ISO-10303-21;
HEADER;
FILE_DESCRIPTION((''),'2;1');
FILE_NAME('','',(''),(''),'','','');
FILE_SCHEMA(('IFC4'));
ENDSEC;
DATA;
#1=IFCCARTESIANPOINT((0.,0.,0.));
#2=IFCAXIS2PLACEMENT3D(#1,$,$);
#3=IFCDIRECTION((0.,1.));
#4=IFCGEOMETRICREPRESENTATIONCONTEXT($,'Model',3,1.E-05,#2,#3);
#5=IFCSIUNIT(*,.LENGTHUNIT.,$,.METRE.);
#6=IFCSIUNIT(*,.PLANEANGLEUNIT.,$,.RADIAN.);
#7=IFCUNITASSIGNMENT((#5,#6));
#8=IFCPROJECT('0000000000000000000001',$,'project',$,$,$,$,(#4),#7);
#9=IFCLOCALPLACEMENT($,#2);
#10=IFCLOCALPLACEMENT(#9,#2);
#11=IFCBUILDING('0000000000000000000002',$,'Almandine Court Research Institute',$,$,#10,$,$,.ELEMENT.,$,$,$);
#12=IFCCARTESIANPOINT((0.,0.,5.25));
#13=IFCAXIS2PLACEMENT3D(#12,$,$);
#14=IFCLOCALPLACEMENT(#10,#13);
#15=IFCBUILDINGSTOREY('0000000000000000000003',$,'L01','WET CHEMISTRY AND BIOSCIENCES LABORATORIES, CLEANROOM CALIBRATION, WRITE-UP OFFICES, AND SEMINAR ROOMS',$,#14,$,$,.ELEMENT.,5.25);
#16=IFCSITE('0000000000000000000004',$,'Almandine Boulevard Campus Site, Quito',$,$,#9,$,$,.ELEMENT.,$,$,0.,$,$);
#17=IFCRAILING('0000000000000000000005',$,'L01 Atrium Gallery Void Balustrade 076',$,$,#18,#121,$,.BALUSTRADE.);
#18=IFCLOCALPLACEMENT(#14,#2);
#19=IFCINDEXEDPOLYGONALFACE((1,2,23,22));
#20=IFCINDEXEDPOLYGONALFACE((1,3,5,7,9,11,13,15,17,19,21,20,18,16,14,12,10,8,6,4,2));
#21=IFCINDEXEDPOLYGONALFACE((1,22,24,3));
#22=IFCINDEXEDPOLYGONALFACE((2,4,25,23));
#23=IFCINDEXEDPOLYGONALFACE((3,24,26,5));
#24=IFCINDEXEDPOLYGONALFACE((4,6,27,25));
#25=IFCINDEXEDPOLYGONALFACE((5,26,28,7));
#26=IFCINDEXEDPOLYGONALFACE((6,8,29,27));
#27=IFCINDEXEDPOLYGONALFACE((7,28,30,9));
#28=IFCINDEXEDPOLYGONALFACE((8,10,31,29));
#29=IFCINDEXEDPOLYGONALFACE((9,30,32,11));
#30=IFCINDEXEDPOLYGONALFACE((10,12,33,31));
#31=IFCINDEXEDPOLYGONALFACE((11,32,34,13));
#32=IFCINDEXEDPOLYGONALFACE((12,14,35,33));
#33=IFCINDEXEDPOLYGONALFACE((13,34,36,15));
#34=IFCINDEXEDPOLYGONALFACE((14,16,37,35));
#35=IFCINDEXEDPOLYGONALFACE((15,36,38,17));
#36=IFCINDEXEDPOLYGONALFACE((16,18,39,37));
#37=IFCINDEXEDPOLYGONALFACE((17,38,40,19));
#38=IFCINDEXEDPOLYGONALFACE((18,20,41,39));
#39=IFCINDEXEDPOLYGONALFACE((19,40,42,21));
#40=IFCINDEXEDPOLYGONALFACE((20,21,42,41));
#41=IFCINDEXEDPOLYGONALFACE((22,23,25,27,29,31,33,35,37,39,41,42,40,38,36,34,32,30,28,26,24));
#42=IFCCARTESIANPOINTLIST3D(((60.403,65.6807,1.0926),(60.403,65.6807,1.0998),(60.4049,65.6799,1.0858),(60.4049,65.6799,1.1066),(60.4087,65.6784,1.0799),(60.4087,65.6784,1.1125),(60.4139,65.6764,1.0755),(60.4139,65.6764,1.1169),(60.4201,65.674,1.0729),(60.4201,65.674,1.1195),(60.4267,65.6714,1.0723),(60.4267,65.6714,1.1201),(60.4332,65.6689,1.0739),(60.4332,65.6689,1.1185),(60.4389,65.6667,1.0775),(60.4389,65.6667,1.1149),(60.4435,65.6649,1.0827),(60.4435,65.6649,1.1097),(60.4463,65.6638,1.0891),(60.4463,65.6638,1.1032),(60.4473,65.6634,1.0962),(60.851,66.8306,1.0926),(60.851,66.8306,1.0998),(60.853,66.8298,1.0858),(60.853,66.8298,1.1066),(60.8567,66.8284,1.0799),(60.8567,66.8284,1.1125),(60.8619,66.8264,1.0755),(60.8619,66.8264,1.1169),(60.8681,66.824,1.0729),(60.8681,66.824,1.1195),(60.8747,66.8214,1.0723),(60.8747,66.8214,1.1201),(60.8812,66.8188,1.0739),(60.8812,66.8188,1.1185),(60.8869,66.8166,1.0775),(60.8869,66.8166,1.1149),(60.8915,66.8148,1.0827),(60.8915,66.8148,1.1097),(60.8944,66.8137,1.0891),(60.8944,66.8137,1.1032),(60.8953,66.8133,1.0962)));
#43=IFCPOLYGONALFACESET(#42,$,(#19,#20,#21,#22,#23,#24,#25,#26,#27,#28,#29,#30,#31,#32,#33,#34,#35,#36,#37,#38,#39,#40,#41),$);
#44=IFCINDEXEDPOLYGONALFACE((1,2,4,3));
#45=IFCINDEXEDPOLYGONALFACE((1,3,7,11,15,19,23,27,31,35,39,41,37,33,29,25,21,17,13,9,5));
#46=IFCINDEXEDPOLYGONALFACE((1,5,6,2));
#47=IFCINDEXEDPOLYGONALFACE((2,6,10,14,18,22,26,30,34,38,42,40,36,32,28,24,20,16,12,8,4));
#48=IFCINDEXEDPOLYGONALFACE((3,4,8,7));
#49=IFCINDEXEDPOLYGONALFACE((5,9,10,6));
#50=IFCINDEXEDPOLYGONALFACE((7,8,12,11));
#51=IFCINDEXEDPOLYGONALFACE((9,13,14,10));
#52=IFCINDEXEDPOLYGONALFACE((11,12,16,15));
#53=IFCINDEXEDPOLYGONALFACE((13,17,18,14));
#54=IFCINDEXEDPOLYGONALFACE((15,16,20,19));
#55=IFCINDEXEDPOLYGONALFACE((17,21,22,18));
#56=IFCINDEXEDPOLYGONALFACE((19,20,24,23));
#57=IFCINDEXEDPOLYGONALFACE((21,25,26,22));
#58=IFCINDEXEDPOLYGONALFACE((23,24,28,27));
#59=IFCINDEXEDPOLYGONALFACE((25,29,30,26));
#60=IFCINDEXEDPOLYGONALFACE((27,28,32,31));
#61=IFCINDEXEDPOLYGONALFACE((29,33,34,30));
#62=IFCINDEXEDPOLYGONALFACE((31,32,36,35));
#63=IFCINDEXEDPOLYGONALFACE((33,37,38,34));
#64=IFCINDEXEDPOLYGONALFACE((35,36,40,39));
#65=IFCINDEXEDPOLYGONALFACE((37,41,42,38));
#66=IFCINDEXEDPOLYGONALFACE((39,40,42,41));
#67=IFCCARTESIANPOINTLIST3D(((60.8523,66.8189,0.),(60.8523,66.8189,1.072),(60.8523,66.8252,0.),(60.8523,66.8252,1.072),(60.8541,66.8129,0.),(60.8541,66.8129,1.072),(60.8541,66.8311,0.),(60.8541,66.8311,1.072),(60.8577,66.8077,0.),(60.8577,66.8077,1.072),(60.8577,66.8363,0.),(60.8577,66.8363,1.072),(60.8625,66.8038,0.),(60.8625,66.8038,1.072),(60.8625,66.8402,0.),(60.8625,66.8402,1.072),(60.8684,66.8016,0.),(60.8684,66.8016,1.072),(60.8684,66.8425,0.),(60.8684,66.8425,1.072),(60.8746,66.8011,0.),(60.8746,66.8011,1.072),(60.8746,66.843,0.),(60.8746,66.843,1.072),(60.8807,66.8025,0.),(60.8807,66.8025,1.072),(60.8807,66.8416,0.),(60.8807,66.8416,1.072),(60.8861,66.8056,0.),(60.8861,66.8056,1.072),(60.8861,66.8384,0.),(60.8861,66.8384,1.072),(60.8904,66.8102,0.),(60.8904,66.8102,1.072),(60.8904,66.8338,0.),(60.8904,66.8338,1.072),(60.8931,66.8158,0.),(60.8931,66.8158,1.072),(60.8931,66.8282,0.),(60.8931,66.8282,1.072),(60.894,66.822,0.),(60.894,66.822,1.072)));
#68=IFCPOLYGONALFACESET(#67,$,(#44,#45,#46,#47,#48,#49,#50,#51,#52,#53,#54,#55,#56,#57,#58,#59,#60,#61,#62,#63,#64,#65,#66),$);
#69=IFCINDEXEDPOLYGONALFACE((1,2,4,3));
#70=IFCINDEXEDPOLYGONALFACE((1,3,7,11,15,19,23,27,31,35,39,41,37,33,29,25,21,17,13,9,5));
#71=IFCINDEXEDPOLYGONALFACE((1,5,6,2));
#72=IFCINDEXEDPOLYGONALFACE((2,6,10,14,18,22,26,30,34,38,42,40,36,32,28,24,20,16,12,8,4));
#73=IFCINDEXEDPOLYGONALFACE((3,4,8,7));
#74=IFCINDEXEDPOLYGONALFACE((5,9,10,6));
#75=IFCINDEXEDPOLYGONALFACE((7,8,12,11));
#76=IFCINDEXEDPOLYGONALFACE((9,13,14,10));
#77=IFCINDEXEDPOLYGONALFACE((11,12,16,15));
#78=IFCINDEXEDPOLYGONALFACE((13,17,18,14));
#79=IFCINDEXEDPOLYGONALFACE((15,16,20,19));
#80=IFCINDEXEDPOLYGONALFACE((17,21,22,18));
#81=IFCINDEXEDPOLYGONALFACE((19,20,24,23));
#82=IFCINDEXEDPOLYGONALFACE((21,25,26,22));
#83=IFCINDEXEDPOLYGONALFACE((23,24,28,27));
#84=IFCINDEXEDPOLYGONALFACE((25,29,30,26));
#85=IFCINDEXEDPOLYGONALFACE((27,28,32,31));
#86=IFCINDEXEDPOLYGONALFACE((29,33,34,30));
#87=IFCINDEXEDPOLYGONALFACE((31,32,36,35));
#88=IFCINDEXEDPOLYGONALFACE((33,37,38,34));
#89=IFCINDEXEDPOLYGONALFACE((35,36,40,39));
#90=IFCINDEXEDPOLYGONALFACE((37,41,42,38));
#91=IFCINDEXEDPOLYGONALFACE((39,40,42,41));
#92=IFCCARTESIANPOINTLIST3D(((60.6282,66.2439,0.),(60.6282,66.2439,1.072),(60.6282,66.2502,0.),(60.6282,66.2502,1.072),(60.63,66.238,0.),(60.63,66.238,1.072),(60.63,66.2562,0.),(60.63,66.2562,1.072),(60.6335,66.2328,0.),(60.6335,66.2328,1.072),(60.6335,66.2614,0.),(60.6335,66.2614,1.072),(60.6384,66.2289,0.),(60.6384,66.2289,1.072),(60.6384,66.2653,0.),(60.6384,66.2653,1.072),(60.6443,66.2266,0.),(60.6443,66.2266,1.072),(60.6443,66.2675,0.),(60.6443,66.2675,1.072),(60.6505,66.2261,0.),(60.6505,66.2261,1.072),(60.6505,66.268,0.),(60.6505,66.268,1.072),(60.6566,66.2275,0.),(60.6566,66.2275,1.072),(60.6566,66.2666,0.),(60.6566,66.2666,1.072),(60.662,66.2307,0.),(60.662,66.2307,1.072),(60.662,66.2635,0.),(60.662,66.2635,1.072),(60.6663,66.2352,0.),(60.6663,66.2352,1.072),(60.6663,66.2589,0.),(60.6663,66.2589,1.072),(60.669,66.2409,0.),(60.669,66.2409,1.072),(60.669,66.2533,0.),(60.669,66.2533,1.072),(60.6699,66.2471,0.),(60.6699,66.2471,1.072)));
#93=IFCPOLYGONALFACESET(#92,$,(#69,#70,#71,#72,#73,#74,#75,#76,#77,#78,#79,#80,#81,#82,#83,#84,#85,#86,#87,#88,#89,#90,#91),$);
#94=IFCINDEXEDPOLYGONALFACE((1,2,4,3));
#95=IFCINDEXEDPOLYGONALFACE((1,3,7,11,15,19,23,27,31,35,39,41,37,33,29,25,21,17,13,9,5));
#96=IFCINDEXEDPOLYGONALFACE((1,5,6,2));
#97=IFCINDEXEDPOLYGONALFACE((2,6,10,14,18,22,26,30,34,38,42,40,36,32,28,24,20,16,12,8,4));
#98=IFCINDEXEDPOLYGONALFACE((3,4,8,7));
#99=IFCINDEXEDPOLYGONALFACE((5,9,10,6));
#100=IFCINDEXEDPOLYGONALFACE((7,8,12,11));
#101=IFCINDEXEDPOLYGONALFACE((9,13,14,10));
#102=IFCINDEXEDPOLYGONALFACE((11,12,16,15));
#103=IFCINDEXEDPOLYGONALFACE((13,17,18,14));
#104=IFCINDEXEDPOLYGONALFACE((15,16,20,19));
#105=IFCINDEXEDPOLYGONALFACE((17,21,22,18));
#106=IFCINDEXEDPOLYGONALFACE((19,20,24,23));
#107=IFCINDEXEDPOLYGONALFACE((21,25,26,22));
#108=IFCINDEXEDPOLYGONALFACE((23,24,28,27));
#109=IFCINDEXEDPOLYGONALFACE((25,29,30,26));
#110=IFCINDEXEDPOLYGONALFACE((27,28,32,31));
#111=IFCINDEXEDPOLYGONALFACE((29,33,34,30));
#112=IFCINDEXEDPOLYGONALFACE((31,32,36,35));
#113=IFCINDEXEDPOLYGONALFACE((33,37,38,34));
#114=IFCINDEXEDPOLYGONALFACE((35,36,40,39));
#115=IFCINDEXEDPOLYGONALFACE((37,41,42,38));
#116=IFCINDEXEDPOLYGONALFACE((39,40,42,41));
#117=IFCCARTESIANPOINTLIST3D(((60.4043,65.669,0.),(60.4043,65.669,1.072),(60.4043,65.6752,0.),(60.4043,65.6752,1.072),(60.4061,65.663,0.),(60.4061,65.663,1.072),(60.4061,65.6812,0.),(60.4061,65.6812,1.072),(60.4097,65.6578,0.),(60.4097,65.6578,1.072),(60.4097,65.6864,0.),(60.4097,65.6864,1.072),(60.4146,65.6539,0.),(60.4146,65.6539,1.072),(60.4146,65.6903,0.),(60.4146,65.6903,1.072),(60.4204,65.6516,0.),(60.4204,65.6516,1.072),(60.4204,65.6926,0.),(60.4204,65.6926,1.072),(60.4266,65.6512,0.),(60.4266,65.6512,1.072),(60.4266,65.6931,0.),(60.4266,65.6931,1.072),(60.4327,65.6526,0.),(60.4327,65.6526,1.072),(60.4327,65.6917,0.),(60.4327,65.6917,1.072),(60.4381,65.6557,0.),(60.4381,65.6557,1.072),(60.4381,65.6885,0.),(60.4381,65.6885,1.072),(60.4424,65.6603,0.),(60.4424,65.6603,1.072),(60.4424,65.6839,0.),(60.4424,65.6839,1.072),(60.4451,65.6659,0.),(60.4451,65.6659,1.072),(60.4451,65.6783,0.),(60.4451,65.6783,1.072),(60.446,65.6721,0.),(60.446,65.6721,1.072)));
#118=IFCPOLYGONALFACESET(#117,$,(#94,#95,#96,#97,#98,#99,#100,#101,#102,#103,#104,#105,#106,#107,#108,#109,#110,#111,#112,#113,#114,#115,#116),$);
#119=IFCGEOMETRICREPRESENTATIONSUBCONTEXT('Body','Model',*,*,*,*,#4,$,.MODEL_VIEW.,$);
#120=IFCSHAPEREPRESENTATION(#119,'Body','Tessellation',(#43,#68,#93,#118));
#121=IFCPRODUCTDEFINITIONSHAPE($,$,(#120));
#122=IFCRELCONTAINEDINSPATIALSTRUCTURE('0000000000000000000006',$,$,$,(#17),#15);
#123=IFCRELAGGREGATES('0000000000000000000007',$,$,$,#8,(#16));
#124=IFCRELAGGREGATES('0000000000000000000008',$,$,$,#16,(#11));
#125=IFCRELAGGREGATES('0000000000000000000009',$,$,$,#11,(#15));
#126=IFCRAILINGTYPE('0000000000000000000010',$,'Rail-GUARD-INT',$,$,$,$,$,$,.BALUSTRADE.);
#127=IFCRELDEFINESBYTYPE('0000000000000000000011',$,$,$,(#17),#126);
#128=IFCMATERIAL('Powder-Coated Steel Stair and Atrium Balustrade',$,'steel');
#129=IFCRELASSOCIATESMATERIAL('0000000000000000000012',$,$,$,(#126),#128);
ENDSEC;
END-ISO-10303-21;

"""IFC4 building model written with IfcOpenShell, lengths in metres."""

from ifc_helpers import new_model, si_unit, direction, frame, origin, origin_2d, place, context, subcontext, project, spatial, circle, extrude, material, type_object, element, save


model = new_model("IFC4")

# Units and contexts
model_context = context("Model", 3, precision=1e-05, world=origin(), true_north=direction((0.0, 1.0)))
body_context = subcontext(model_context, "Body", "Model", "MODEL_VIEW")
ifc_project = project(units=[si_unit("LENGTHUNIT", "METRE"), si_unit("PLANEANGLEUNIT", "RADIAN")], contexts=[model_context])

# Site, building, storey
site_placement = place(None, origin())
site = spatial("IfcSite", under=ifc_project, at=site_placement, Name="Almandine Boulevard Campus Site, Quito", CompositionType="ELEMENT", RefElevation=0.0)
building_placement = place(site_placement, origin())
building = spatial("IfcBuilding", under=site, at=building_placement, Name="Almandine Court Research Institute", CompositionType="ELEMENT")
storey_placement = place(building_placement, frame((0.0, 0.0, 5.25)))
storey = spatial("IfcBuildingStorey", under=building, at=storey_placement, Name="L01", Description="WET CHEMISTRY AND BIOSCIENCES LABORATORIES, CLEANROOM CALIBRATION, WRITE-UP OFFICES, AND SEMINAR ROOMS", CompositionType="ELEMENT", Elevation=5.25)

# Railing
ifc_material_1 = material(Name="Powder-Coated Steel Stair and Atrium Balustrade", Category="steel")
railing_type = type_object("IfcRailingType", Name="Rail-GUARD-INT", PredefinedType="BALUSTRADE", material=ifc_material_1)
railing_1_placement = place(storey_placement, frame((60.873, 66.822, 0.0)))
element("IfcRailing", 1, at=railing_1_placement, inside=storey, type_object=railing_type, Name="L01 Atrium Gallery Void Balustrade 076", PredefinedType="BALUSTRADE", context=body_context, shape_type="SweptSolid", body=[
    extrude(circle(Radius=0.0239, at=origin_2d()), frame((0.0, 0.0, 1.0962), z_axis=(-0.363019, -0.931782, 0.0), x_axis=(0.931782, -0.363019, 0.0)), (0.0, 0.0, 1.0), 1.2341),
    extrude(circle(Radius=0.021, at=origin_2d()), origin(), (0.0, 0.0, 1.0), 1.072),
    extrude(circle(Radius=0.021, at=origin_2d()), frame((-0.2241, -0.575, 0.0)), (0.0, 0.0, 1.0), 1.072),
    extrude(circle(Radius=0.021, at=origin_2d()), frame((-0.448, -1.1499, 0.0)), (0.0, 0.0, 1.0), 1.072),
])

save(model, "model.ifc")
